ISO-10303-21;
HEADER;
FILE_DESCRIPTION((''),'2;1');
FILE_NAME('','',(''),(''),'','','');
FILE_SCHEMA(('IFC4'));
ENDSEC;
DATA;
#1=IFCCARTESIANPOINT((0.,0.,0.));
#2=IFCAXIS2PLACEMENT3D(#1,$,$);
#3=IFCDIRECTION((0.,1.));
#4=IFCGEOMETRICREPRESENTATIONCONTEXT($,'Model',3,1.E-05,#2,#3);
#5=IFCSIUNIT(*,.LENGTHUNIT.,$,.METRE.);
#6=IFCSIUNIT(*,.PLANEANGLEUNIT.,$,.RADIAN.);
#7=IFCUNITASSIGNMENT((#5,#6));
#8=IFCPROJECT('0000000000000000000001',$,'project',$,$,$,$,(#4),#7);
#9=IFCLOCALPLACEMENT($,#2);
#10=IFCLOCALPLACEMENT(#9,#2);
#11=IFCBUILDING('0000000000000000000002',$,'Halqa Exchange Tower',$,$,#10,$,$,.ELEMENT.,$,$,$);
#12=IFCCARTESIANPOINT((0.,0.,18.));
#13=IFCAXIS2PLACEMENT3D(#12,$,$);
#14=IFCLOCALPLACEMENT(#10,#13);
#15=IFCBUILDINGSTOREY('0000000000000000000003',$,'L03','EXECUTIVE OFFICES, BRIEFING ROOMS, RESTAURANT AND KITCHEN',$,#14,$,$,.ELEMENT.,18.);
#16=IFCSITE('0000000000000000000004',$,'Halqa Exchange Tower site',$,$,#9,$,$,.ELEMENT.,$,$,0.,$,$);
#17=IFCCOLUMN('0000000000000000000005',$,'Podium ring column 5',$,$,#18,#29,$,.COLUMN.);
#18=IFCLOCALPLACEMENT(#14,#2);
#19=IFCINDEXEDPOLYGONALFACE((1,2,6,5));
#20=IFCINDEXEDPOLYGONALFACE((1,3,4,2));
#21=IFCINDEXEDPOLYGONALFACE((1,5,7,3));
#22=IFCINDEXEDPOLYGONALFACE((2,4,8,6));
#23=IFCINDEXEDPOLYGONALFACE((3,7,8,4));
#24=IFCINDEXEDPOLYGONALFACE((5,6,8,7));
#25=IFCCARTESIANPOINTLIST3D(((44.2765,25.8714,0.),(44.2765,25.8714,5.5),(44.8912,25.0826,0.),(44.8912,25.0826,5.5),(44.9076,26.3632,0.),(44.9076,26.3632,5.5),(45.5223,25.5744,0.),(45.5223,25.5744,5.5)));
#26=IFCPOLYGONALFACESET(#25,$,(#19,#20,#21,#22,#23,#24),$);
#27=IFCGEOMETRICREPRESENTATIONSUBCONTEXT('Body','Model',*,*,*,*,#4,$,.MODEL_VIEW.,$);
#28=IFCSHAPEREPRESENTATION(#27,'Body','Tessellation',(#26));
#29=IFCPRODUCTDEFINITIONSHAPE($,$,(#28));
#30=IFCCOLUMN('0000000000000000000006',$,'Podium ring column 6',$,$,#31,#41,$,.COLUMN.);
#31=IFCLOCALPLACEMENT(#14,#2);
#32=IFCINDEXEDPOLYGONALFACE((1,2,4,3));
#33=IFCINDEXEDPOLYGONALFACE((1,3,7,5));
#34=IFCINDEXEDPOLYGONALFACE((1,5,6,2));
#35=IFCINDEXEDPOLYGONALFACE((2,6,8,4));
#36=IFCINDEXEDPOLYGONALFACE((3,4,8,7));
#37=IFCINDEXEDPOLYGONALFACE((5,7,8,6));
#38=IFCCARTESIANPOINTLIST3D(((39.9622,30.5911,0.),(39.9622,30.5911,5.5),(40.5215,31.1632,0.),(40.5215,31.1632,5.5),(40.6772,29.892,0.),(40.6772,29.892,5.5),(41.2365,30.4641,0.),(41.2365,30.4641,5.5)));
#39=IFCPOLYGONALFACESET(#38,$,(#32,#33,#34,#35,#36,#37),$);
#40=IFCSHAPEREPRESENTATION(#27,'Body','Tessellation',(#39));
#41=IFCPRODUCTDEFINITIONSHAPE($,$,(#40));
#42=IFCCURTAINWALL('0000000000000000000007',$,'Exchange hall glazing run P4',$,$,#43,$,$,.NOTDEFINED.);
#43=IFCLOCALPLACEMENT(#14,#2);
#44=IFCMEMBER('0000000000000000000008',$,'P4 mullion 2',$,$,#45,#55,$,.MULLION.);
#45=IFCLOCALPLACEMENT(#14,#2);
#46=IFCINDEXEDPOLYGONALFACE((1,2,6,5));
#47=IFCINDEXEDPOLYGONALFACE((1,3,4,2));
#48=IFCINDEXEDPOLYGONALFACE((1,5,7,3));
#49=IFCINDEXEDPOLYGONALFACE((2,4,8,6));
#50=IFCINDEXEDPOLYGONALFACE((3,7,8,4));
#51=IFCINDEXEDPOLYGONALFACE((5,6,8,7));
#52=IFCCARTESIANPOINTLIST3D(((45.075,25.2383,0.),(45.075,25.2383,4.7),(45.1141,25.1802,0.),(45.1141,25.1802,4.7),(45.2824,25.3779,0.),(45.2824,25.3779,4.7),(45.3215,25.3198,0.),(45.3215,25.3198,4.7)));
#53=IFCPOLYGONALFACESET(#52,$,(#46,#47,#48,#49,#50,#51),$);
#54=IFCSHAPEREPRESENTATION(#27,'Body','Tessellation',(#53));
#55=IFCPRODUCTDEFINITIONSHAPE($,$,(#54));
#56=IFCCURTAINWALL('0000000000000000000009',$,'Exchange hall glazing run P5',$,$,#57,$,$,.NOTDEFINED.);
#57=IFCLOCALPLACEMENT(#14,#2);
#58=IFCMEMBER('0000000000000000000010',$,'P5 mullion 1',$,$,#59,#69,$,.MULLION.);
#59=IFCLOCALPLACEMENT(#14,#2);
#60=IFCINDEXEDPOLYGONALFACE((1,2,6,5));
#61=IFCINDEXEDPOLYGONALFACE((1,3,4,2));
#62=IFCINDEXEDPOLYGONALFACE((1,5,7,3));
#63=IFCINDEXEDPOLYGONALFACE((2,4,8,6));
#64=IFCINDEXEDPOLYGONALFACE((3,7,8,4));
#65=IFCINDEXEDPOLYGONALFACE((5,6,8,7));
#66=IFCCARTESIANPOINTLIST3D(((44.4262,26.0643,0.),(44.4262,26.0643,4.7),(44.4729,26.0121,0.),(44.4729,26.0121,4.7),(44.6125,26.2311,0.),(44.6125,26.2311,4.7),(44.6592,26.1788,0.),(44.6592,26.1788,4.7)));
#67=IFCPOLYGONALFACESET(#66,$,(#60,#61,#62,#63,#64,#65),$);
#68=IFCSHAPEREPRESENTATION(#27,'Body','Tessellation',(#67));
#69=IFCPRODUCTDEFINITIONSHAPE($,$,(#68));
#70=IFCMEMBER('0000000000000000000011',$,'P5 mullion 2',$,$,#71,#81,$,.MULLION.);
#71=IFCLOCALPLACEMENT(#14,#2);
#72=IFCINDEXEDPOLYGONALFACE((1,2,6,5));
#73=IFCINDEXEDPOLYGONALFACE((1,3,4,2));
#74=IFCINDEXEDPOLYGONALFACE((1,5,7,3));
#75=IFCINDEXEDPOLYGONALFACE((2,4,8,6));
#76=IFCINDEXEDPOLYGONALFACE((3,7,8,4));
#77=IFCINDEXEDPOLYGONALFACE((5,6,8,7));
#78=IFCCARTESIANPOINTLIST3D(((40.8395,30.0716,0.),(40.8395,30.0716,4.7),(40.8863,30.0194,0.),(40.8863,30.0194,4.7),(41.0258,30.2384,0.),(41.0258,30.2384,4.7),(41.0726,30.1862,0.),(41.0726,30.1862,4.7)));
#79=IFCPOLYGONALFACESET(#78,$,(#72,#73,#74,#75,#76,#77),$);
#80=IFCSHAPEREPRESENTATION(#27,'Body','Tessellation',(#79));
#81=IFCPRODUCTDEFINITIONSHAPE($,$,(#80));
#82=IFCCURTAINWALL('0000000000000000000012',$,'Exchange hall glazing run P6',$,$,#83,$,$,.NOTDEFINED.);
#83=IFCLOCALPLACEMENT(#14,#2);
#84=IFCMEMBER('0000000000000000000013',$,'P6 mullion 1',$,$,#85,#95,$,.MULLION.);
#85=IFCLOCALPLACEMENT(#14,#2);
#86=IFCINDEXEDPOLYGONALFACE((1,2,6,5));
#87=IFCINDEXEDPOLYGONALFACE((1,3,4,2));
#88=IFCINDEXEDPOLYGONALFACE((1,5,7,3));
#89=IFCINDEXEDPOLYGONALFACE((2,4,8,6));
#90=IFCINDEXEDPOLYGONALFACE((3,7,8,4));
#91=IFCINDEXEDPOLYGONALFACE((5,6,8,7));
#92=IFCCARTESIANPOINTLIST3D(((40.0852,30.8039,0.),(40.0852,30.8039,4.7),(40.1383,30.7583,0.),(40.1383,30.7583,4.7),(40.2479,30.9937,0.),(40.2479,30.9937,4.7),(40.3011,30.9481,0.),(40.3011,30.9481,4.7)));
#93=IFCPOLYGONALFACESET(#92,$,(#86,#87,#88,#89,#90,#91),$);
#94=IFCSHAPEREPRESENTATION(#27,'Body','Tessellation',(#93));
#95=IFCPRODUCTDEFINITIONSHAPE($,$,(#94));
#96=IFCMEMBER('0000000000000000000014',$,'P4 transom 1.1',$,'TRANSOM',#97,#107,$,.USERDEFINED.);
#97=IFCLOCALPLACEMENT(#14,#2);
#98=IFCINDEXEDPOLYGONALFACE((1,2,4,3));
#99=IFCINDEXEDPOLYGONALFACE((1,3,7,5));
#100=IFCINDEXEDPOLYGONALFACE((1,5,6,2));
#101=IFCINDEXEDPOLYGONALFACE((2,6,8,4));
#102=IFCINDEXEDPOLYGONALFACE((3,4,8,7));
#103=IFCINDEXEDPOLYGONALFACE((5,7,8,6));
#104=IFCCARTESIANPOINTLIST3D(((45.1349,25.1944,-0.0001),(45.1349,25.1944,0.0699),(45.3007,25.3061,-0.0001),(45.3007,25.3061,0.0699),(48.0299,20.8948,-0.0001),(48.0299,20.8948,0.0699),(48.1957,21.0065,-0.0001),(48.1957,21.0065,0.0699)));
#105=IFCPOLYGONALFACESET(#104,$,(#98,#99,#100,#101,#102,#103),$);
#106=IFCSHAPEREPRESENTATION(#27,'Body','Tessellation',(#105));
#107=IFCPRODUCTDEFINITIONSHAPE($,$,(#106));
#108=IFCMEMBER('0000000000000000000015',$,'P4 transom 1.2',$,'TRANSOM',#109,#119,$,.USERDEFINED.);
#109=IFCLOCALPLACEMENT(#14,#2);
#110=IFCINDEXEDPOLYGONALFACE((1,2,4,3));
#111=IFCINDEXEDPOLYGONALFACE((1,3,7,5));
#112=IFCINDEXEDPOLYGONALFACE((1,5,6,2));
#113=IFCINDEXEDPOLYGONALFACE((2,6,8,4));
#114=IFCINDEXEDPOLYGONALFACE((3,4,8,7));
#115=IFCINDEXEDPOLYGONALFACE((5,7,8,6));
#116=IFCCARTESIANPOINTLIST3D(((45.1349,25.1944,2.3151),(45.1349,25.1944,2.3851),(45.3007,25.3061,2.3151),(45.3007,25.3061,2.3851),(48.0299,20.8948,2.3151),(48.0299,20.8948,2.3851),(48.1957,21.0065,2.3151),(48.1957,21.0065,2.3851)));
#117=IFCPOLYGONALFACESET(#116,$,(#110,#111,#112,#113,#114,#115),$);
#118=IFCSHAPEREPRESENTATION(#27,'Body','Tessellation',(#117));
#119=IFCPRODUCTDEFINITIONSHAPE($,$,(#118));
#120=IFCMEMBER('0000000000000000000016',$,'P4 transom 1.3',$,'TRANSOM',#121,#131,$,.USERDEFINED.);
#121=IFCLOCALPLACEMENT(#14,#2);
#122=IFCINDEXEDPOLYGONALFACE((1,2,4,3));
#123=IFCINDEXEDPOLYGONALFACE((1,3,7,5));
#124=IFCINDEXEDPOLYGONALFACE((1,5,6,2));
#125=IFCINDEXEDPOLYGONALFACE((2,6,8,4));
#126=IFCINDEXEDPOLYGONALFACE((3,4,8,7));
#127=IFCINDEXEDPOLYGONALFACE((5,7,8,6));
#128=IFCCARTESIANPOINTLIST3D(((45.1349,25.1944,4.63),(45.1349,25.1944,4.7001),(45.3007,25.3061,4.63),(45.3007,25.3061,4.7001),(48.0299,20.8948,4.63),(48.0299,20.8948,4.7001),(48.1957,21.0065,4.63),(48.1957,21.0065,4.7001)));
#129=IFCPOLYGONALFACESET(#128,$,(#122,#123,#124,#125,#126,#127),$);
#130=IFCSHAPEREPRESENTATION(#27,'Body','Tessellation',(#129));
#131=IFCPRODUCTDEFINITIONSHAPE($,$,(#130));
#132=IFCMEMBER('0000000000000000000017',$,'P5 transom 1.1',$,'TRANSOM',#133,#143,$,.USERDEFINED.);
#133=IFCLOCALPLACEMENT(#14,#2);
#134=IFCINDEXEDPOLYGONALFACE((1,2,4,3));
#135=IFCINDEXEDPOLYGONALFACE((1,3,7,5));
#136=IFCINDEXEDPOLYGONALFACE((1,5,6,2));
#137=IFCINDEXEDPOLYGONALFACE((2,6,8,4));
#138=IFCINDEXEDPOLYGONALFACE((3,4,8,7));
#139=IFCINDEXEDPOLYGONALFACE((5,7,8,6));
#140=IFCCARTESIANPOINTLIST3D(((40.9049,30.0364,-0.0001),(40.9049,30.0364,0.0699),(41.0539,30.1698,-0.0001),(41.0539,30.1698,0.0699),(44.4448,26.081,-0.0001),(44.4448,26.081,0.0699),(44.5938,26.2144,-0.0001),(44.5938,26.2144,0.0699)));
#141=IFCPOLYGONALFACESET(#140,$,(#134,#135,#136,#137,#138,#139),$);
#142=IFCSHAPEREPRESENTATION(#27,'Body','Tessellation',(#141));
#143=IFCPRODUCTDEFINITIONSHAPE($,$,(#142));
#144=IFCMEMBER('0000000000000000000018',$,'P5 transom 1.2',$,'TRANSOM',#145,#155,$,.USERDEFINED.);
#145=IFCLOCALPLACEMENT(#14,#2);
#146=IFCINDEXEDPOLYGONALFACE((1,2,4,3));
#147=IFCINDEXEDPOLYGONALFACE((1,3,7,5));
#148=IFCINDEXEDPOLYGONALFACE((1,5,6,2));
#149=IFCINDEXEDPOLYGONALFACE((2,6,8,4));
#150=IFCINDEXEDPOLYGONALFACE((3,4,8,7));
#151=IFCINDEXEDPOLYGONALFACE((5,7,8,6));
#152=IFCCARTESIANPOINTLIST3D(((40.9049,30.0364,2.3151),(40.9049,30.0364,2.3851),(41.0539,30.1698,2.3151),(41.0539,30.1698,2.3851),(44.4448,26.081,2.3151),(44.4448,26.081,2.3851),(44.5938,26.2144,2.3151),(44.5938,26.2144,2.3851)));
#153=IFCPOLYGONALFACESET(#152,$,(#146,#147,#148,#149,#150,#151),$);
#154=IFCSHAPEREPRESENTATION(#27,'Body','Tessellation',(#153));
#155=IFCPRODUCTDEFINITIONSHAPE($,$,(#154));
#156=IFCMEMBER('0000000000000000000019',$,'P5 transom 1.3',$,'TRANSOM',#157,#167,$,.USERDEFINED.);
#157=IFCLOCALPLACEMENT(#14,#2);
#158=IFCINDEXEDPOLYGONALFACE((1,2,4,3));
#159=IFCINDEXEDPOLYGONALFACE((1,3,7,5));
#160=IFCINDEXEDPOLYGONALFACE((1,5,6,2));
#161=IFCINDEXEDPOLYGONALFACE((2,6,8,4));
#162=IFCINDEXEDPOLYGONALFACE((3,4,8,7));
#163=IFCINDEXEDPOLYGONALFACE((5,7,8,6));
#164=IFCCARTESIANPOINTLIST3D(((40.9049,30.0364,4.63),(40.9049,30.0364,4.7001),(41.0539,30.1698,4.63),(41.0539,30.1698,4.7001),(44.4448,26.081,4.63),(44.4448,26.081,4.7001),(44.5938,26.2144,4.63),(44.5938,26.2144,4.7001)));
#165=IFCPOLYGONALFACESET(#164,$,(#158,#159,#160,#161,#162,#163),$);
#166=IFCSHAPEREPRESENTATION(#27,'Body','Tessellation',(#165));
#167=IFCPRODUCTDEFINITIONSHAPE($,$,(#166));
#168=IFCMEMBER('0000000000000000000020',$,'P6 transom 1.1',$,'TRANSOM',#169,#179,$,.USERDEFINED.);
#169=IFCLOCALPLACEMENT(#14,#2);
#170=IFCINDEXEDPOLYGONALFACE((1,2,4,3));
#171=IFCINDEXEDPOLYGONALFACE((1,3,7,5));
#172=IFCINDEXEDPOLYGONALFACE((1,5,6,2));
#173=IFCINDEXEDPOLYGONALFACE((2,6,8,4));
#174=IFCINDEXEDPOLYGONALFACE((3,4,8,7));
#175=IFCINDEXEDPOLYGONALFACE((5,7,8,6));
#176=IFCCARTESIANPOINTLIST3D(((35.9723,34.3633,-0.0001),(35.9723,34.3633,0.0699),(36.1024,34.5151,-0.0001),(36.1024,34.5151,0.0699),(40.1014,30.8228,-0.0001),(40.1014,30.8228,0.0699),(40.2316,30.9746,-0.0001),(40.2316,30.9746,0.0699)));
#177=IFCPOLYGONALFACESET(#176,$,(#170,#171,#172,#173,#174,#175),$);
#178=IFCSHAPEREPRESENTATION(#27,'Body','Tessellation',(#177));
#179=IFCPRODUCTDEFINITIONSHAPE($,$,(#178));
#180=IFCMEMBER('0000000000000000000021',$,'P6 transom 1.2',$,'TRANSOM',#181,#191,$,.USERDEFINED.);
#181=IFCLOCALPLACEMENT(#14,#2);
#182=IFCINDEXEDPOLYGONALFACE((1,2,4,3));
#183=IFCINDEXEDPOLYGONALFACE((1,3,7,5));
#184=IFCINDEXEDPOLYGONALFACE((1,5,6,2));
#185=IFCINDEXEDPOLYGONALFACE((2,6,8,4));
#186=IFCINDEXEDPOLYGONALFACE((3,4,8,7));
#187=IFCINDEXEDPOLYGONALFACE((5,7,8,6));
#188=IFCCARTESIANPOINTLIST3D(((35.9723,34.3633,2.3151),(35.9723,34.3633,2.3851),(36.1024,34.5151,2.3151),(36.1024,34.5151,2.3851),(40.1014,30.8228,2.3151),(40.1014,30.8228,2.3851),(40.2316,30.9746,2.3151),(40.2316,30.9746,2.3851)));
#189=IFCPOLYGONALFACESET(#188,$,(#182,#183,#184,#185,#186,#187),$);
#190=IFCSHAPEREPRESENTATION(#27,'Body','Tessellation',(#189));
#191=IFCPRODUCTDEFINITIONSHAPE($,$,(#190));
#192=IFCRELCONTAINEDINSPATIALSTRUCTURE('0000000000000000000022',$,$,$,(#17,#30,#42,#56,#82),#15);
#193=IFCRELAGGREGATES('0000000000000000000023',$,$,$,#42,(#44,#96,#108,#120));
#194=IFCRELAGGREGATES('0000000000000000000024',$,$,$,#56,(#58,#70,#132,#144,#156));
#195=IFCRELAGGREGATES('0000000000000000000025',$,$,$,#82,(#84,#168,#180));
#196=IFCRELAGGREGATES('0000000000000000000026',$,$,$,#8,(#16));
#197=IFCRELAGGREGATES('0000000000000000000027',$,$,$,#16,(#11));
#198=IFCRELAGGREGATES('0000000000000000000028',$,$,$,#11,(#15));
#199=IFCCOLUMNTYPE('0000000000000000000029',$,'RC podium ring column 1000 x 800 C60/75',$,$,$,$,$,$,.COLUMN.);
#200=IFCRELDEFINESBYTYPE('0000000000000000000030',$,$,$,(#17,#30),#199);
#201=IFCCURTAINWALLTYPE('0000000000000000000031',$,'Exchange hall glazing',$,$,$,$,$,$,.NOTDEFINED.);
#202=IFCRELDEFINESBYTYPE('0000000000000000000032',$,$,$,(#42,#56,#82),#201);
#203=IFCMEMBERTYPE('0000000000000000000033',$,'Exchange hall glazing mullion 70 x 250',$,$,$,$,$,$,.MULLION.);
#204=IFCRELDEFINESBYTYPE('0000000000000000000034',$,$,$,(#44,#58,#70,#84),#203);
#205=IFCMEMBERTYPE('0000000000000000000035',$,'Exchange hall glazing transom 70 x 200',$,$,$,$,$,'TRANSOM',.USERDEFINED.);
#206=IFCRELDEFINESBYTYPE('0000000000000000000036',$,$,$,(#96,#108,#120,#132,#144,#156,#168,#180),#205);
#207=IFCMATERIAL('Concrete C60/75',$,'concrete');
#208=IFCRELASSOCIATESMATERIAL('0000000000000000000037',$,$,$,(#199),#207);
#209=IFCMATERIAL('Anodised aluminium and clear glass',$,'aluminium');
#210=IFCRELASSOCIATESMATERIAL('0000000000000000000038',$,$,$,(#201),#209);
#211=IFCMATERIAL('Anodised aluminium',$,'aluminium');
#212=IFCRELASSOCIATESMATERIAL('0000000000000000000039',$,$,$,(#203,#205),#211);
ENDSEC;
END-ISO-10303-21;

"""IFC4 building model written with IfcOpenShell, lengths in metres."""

from ifc_helpers import new_model, si_unit, direction, frame, origin, origin_2d, place, context, subcontext, project, spatial, rectangle, extrude, material, material_profile, profile_set, type_object, element, aggregate, save


model = new_model("IFC4")

# Units and contexts
model_context = context("Model", 3, precision=1e-05, world=origin(), true_north=direction((0.0, 1.0)))
body_context = subcontext(model_context, "Body", "Model", "MODEL_VIEW")
ifc_project = project(units=[si_unit("LENGTHUNIT", "METRE"), si_unit("PLANEANGLEUNIT", "RADIAN")], contexts=[model_context])

# Site, building, storey
site_placement = place(None, origin())
site = spatial("IfcSite", under=ifc_project, at=site_placement, Name="Halqa Exchange Tower site", CompositionType="ELEMENT", RefElevation=0.0)
building_placement = place(site_placement, origin())
building = spatial("IfcBuilding", under=site, at=building_placement, Name="Halqa Exchange Tower", CompositionType="ELEMENT")
storey_placement = place(building_placement, frame((0.0, 0.0, 18.0)))
storey = spatial("IfcBuildingStorey", under=building, at=storey_placement, Name="L03", Description="EXECUTIVE OFFICES, BRIEFING ROOMS, RESTAURANT AND KITCHEN", CompositionType="ELEMENT", Elevation=18.0)

# Columns
ifc_material_1 = material(Name="Concrete C60/75", Category="concrete")
ifc_material_profile_1 = material_profile(ifc_material_1, rectangle(XDim=1.0, YDim=0.8, at=origin_2d()), Name="1000 x 800")
ifc_profile_set_1 = profile_set([ifc_material_profile_1], Name="Concrete C60/75")
column_type = type_object("IfcColumnType", Name="RC podium ring column 1000 x 800 C60/75", PredefinedType="COLUMN", material=ifc_profile_set_1)
for number, where, z_axis, x_axis, name in (
    (1, (44.8994, 25.7229, 0.0), (0.0, 0.0, 1.0), (-0.614691, 0.788768, 0.0), "Podium ring column 5"),
    (2, (40.5994, 30.5276, 0.0), (0.0, 0.0, 1.0), (-0.715039, 0.699085, 0.0), "Podium ring column 6"),
):
    element("IfcColumn", number, at=place(storey_placement, frame(where, z_axis=z_axis, x_axis=x_axis)), inside=storey, type_object=column_type, Name=name, PredefinedType="COLUMN", context=body_context, shape_type="SweptSolid", body=[
        extrude(rectangle(XDim=1.0, YDim=0.8, at=origin_2d()), origin(), (0.0, 0.0, 1.0), 5.5),
    ])

# Curtain wall, member
ifc_material_2 = material(Name="Anodised aluminium and clear glass", Category="aluminium")
curtain_wall_type = type_object("IfcCurtainWallType", Name="Exchange hall glazing", PredefinedType="NOTDEFINED", material=ifc_material_2)
curtain_wall_1_placement = place(storey_placement, origin())
curtain_wall_1 = element("IfcCurtainWall", 3, at=curtain_wall_1_placement, inside=storey, type_object=curtain_wall_type, Name="Exchange hall glazing run P4", PredefinedType="NOTDEFINED")
ifc_material_3 = material(Name="Anodised aluminium", Category="aluminium")
ifc_material_profile_2 = material_profile(ifc_material_3, rectangle(XDim=0.25, YDim=0.0701, at=origin_2d()), Name="AL 70x250")
ifc_profile_set_2 = profile_set([ifc_material_profile_2], Name="Anodised aluminium")
member_type_1 = type_object("IfcMemberType", Name="Exchange hall glazing mullion 70 x 250", PredefinedType="MULLION", material=ifc_profile_set_2)
member_1_placement = place(storey_placement, frame((45.1982, 25.2791, 0.0), z_axis=(0.0, 0.0, 1.0), x_axis=(-0.82949, -0.558522, 0.0)))
member_1 = element("IfcMember", 4, at=member_1_placement, type_object=member_type_1, Name="P4 mullion 2", PredefinedType="MULLION", context=body_context, shape_type="SweptSolid", body=[
    extrude(rectangle(XDim=0.25, YDim=0.0701, at=origin_2d()), origin(), (0.0, 0.0, 1.0), 4.7),
])

# Curtain wall, members
curtain_wall_2_placement = place(storey_placement, origin())
curtain_wall_2 = element("IfcCurtainWall", 5, at=curtain_wall_2_placement, inside=storey, type_object=curtain_wall_type, Name="Exchange hall glazing run P5", PredefinedType="NOTDEFINED")
member_2_placement = place(storey_placement, frame((44.5427, 26.1216, 0.0), z_axis=(0.0, 0.0, 1.0), x_axis=(-0.745148, -0.666899, 0.0)))
member_2 = element("IfcMember", 6, at=member_2_placement, type_object=member_type_1, Name="P5 mullion 1", PredefinedType="MULLION", context=body_context, shape_type="SweptSolid", body=[
    extrude(rectangle(XDim=0.25, YDim=0.0701, at=origin_2d()), origin(), (0.0, 0.0, 1.0), 4.7),
])
member_3_placement = place(storey_placement, frame((40.9561, 30.1289, 0.0), z_axis=(0.0, 0.0, 1.0), x_axis=(-0.745148, -0.666899, 0.0)))
member_3 = element("IfcMember", 7, at=member_3_placement, type_object=member_type_1, Name="P5 mullion 2", PredefinedType="MULLION", context=body_context, shape_type="SweptSolid", body=[
    extrude(rectangle(XDim=0.25, YDim=0.0701, at=origin_2d()), origin(), (0.0, 0.0, 1.0), 4.7),
])

# Curtain wall, member
curtain_wall_3_placement = place(storey_placement, origin())
curtain_wall_3 = element("IfcCurtainWall", 8, at=curtain_wall_3_placement, inside=storey, type_object=curtain_wall_type, Name="Exchange hall glazing run P6", PredefinedType="NOTDEFINED")
member_4_placement = place(storey_placement, frame((40.1931, 30.876, 0.0), z_axis=(0.0, 0.0, 1.0), x_axis=(-0.650911, -0.759154, 0.0)))
member_4 = element("IfcMember", 9, at=member_4_placement, type_object=member_type_1, Name="P6 mullion 1", PredefinedType="MULLION", context=body_context, shape_type="SweptSolid", body=[
    extrude(rectangle(XDim=0.25, YDim=0.0701, at=origin_2d()), origin(), (0.0, 0.0, 1.0), 4.7),
])

# Members
ifc_material_profile_3 = material_profile(ifc_material_3, rectangle(XDim=0.2, YDim=0.0701, at=origin_2d()), Name="AL 70x200")
ifc_profile_set_3 = profile_set([ifc_material_profile_3], Name="Anodised aluminium")
member_type_2 = type_object("IfcMemberType", Name="Exchange hall glazing transom 70 x 200", ElementType="TRANSOM", PredefinedType="USERDEFINED", material=ifc_profile_set_3)
member_5_placement = place(storey_placement, frame((48.1128, 20.9507, 0.0349), z_axis=(-0.55852, 0.829491, 0.0), x_axis=(-0.829491, -0.55852, 0.0)))
member_5 = element("IfcMember", 10, at=member_5_placement, type_object=member_type_2, Name="P4 transom 1.1", ObjectType="TRANSOM", PredefinedType="USERDEFINED", context=body_context, shape_type="SweptSolid", body=[
    extrude(rectangle(XDim=0.2, YDim=0.0701, at=origin_2d()), origin(), (0.0, 0.0, 1.0), 5.1833),
])
member_6_placement = place(storey_placement, frame((48.1128, 20.9507, 2.3501), z_axis=(-0.55852, 0.829491, 0.0), x_axis=(-0.829491, -0.55852, 0.0)))
member_6 = element("IfcMember", 11, at=member_6_placement, type_object=member_type_2, Name="P4 transom 1.2", ObjectType="TRANSOM", PredefinedType="USERDEFINED", context=body_context, shape_type="SweptSolid", body=[
    extrude(rectangle(XDim=0.2, YDim=0.0701, at=origin_2d()), origin(), (0.0, 0.0, 1.0), 5.1833),
])
member_7_placement = place(storey_placement, frame((48.1128, 20.9507, 4.665), z_axis=(-0.55852, 0.829491, 0.0), x_axis=(-0.829491, -0.55852, 0.0)))
member_7 = element("IfcMember", 12, at=member_7_placement, type_object=member_type_2, Name="P4 transom 1.3", ObjectType="TRANSOM", PredefinedType="USERDEFINED", context=body_context, shape_type="SweptSolid", body=[
    extrude(rectangle(XDim=0.2, YDim=0.0701, at=origin_2d()), origin(), (0.0, 0.0, 1.0), 5.1833),
])
member_8_placement = place(storey_placement, frame((44.5193, 26.1477, 0.0349), z_axis=(-0.666881, 0.745164, 0.0), x_axis=(-0.745164, -0.666881, 0.0)))
member_8 = element("IfcMember", 13, at=member_8_placement, type_object=member_type_2, Name="P5 transom 1.1", ObjectType="TRANSOM", PredefinedType="USERDEFINED", context=body_context, shape_type="SweptSolid", body=[
    extrude(rectangle(XDim=0.2, YDim=0.0701, at=origin_2d()), origin(), (0.0, 0.0, 1.0), 5.3081),
])
member_9_placement = place(storey_placement, frame((44.5193, 26.1477, 2.3501), z_axis=(-0.666881, 0.745164, 0.0), x_axis=(-0.745164, -0.666881, 0.0)))
member_9 = element("IfcMember", 14, at=member_9_placement, type_object=member_type_2, Name="P5 transom 1.2", ObjectType="TRANSOM", PredefinedType="USERDEFINED", context=body_context, shape_type="SweptSolid", body=[
    extrude(rectangle(XDim=0.2, YDim=0.0701, at=origin_2d()), origin(), (0.0, 0.0, 1.0), 5.3081),
])
member_10_placement = place(storey_placement, frame((44.5193, 26.1477, 4.665), z_axis=(-0.666881, 0.745164, 0.0), x_axis=(-0.745164, -0.666881, 0.0)))
member_10 = element("IfcMember", 15, at=member_10_placement, type_object=member_type_2, Name="P5 transom 1.3", ObjectType="TRANSOM", PredefinedType="USERDEFINED", context=body_context, shape_type="SweptSolid", body=[
    extrude(rectangle(XDim=0.2, YDim=0.0701, at=origin_2d()), origin(), (0.0, 0.0, 1.0), 5.3081),
])
member_11_placement = place(storey_placement, frame((40.1665, 30.8987, 0.0349), z_axis=(-0.759143, 0.650924, 0.0), x_axis=(-0.650924, -0.759143, 0.0)))
member_11 = element("IfcMember", 16, at=member_11_placement, type_object=member_type_2, Name="P6 transom 1.1", ObjectType="TRANSOM", PredefinedType="USERDEFINED", context=body_context, shape_type="SweptSolid", body=[
    extrude(rectangle(XDim=0.2, YDim=0.0701, at=origin_2d()), origin(), (0.0, 0.0, 1.0), 5.4392),
])
member_12_placement = place(storey_placement, frame((40.1665, 30.8987, 2.3501), z_axis=(-0.759143, 0.650924, 0.0), x_axis=(-0.650924, -0.759143, 0.0)))
member_12 = element("IfcMember", 17, at=member_12_placement, type_object=member_type_2, Name="P6 transom 1.2", ObjectType="TRANSOM", PredefinedType="USERDEFINED", context=body_context, shape_type="SweptSolid", body=[
    extrude(rectangle(XDim=0.2, YDim=0.0701, at=origin_2d()), origin(), (0.0, 0.0, 1.0), 5.4392),
])

aggregate(curtain_wall_1, [member_1, member_5, member_6, member_7])
aggregate(curtain_wall_2, [member_2, member_3, member_8, member_9, member_10])
aggregate(curtain_wall_3, [member_4, member_11, member_12])

save(model, "model.ifc")
